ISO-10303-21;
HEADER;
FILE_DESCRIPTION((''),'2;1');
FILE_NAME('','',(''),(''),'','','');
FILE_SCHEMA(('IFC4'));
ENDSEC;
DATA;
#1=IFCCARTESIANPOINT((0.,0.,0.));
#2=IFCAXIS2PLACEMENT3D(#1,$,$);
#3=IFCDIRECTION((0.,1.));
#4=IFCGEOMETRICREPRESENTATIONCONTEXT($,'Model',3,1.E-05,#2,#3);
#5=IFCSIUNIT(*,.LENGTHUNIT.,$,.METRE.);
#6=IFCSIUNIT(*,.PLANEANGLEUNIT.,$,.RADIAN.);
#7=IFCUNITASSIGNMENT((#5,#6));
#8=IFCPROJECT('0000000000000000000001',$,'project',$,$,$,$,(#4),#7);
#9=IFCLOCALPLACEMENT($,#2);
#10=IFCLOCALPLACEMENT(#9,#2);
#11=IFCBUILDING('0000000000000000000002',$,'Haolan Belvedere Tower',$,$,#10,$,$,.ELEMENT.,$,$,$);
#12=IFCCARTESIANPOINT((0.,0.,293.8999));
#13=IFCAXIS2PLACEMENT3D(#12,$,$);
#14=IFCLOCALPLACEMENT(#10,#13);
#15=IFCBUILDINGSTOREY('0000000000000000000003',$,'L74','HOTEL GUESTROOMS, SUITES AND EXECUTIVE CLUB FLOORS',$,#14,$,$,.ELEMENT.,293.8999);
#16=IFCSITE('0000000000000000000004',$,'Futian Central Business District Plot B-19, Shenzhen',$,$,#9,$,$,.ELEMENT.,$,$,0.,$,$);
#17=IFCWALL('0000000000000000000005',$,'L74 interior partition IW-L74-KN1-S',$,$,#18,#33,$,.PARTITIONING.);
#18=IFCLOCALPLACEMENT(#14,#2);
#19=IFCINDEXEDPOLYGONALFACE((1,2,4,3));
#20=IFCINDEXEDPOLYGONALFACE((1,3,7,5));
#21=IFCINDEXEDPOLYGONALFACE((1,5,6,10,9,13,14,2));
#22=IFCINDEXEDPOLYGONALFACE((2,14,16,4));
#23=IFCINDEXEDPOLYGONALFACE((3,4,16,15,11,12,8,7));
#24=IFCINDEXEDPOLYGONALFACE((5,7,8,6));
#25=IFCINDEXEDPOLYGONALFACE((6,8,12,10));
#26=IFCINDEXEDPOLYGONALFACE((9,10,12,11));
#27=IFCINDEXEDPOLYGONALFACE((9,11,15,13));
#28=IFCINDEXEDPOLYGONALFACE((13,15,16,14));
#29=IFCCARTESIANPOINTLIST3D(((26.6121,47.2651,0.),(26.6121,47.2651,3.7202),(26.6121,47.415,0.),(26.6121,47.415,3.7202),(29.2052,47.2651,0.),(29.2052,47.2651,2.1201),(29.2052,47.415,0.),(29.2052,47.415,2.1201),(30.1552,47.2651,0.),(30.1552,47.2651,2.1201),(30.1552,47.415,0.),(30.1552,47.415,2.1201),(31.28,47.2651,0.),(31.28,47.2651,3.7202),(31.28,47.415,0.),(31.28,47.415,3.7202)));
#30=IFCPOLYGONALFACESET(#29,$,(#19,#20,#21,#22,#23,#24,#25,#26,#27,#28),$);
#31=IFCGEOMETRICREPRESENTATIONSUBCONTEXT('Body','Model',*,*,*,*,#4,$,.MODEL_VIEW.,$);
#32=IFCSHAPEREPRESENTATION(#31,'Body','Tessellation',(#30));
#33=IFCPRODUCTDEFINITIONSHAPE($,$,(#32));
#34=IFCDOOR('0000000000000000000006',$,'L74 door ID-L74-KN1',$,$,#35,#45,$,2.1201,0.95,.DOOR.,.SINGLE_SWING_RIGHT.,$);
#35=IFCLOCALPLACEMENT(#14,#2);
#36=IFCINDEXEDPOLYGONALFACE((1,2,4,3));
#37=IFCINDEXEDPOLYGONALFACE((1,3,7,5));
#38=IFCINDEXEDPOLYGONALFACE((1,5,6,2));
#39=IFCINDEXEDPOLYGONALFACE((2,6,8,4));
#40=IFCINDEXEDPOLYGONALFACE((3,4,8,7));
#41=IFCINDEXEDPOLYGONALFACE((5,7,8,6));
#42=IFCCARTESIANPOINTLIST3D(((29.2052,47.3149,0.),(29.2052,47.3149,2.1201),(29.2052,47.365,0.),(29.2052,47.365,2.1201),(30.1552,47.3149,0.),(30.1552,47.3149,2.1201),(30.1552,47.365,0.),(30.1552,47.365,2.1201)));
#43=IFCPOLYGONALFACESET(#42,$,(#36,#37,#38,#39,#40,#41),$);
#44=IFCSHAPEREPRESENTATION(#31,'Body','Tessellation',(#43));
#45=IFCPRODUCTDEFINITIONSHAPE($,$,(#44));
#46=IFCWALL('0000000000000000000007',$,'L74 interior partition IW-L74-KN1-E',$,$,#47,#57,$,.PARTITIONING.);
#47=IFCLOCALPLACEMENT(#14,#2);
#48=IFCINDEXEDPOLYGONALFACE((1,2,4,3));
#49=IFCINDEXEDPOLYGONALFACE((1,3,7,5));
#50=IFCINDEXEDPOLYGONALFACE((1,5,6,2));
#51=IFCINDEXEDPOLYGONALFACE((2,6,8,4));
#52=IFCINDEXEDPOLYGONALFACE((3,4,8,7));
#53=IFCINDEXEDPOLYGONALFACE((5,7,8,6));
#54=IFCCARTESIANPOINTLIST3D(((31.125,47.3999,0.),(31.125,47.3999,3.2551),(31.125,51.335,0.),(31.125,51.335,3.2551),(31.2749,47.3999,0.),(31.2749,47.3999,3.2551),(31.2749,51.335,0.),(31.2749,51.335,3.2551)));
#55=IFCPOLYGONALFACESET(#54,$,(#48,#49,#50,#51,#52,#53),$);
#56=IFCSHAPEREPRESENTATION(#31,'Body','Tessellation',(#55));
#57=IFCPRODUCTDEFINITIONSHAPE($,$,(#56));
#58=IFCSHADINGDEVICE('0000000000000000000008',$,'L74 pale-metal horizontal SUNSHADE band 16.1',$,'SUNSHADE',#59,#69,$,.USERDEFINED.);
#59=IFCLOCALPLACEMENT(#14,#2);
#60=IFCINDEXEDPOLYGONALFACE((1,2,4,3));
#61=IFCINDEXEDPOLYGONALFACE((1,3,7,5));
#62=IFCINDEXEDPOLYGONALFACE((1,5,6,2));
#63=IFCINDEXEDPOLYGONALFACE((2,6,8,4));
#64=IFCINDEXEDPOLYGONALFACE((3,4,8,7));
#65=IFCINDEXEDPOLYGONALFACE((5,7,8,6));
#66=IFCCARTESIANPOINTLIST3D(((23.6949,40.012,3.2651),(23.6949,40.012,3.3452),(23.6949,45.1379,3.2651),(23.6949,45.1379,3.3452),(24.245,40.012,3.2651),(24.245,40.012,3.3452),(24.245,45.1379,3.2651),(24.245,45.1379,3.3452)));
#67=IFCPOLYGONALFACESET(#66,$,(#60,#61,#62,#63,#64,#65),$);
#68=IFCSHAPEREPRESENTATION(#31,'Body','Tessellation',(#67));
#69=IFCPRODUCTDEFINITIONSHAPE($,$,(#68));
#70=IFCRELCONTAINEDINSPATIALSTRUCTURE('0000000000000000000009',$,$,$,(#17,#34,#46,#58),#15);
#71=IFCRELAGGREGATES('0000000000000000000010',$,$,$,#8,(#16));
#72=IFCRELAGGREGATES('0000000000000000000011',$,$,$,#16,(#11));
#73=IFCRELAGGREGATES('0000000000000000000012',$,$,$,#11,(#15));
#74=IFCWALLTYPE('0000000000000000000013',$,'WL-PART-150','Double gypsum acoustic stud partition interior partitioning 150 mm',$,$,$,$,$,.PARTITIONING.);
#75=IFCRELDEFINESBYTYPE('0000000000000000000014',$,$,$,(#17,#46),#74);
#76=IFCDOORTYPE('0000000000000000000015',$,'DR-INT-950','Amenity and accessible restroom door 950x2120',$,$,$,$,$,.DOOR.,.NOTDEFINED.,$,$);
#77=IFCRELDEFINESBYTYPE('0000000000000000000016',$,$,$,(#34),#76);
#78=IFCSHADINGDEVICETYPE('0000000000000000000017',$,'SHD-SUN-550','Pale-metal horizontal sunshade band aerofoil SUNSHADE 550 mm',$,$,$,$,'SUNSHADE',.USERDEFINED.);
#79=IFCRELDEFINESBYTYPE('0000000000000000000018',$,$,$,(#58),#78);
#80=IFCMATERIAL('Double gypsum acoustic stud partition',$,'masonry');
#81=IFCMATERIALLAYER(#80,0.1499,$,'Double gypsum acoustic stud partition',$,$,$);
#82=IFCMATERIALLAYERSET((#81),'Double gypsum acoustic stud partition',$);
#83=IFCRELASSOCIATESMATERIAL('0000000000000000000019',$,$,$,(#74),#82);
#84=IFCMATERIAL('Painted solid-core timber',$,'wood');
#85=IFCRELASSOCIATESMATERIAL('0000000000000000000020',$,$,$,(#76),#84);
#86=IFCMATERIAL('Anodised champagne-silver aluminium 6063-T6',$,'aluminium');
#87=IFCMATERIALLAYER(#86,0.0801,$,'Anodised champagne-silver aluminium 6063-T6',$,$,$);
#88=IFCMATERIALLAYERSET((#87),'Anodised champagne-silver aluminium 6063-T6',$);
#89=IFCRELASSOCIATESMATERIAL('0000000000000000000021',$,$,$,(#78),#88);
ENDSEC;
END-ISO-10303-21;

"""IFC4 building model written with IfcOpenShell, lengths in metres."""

from ifc_helpers import new_model, si_unit, direction, frame, frame_2d, origin, origin_2d, place, context, subcontext, project, spatial, rectangle, extrude, material, layer, layer_set, type_object, element, fill, save


model = new_model("IFC4")

# Units and contexts
model_context = context("Model", 3, precision=1e-05, world=origin(), true_north=direction((0.0, 1.0)))
body_context = subcontext(model_context, "Body", "Model", "MODEL_VIEW")
ifc_project = project(units=[si_unit("LENGTHUNIT", "METRE"), si_unit("PLANEANGLEUNIT", "RADIAN")], contexts=[model_context])

# Site, building, storey
site_placement = place(None, origin())
site = spatial("IfcSite", under=ifc_project, at=site_placement, Name="Futian Central Business District Plot B-19, Shenzhen", CompositionType="ELEMENT", RefElevation=0.0)
building_placement = place(site_placement, origin())
building = spatial("IfcBuilding", under=site, at=building_placement, Name="Haolan Belvedere Tower", CompositionType="ELEMENT")
storey_placement = place(building_placement, frame((0.0, 0.0, 293.8999)))
storey = spatial("IfcBuildingStorey", under=building, at=storey_placement, Name="L74", Description="HOTEL GUESTROOMS, SUITES AND EXECUTIVE CLUB FLOORS", CompositionType="ELEMENT", Elevation=293.8999)

# Shared definitions
ifc_material_1 = material(Name="Double gypsum acoustic stud partition", Category="masonry")
ifc_layer_1 = layer(ifc_material_1, 0.1499, Name="Double gypsum acoustic stud partition")
ifc_layer_set_1 = layer_set([ifc_layer_1], Name="Double gypsum acoustic stud partition")
wall_type_1 = type_object("IfcWallType", Name="WL-PART-150", Description="Double gypsum acoustic stud partition interior partitioning 150 mm", PredefinedType="PARTITIONING", material=ifc_layer_set_1)

# Wall, opening, door
wall_1_placement = place(storey_placement, frame((26.6121, 47.3401, 0.0), z_axis=(0.0, 0.0, 1.0), x_axis=(1.0, 0.0, 0.0)))
wall_1 = element("IfcWall", 1, at=wall_1_placement, inside=storey, type_object=wall_type_1, Name="L74 interior partition IW-L74-KN1-S", PredefinedType="PARTITIONING", context=body_context, shape_type="SweptSolid", body=[
    extrude(rectangle(XDim=4.668, YDim=0.1499, at=frame_2d((2.334, 0.0))), origin(), (0.0, 0.0, 1.0), 3.7202),
])
opening_1_placement = place(wall_1_placement, frame((2.593, 0.0, 0.0)))
opening_1 = element("IfcOpeningElement", 2, at=opening_1_placement, cuts=wall_1, PredefinedType="OPENING", context=body_context, shape_type="SweptSolid", body=[
    extrude(rectangle(XDim=0.95, YDim=2.1201, at=frame_2d((0.4751, 1.0601))), frame((0.0, 0.085, 0.0), z_axis=(0.0, -1.0, 0.0), x_axis=(1.0, 0.0, 0.0)), (0.0, 0.0, 1.0), 0.1699),
])
ifc_material_2 = material(Name="Painted solid-core timber", Category="wood")
door_type_1 = type_object("IfcDoorType", Name="DR-INT-950", Description="Amenity and accessible restroom door 950x2120", OperationType="NOTDEFINED", PredefinedType="DOOR", material=ifc_material_2)
door_1_placement = place(opening_1_placement, origin())
door_1 = element("IfcDoor", 3, at=door_1_placement, inside=storey, type_object=door_type_1, Name="L74 door ID-L74-KN1", OperationType="SINGLE_SWING_RIGHT", OverallHeight=2.1201, OverallWidth=0.95, PredefinedType="DOOR", context=body_context, shape_type="SweptSolid", body=[
    extrude(rectangle(XDim=0.95, YDim=2.1201, at=frame_2d((0.4751, 1.0601))), frame((0.0, 0.0249, 0.0), z_axis=(0.0, -1.0, 0.0), x_axis=(1.0, 0.0, 0.0)), (0.0, 0.0, 1.0), 0.05),
])
fill(opening_1, door_1)

# Wall
wall_2_placement = place(storey_placement, frame((31.2, 47.3999, 0.0), z_axis=(0.0, 0.0, 1.0), x_axis=(0.0, 1.0, 0.0)))
element("IfcWall", 4, at=wall_2_placement, inside=storey, type_object=wall_type_1, Name="L74 interior partition IW-L74-KN1-E", PredefinedType="PARTITIONING", context=body_context, shape_type="SweptSolid", body=[
    extrude(rectangle(XDim=3.9351, YDim=0.1499, at=frame_2d((1.9675, 0.0))), origin(), (0.0, 0.0, 1.0), 3.2551),
])

# Shading device
ifc_material_3 = material(Name="Anodised champagne-silver aluminium 6063-T6", Category="aluminium")
ifc_layer_2 = layer(ifc_material_3, 0.0801, Name="Anodised champagne-silver aluminium 6063-T6")
ifc_layer_set_2 = layer_set([ifc_layer_2], Name="Anodised champagne-silver aluminium 6063-T6")
shading_device_type = type_object("IfcShadingDeviceType", Name="SHD-SUN-550", Description="Pale-metal horizontal sunshade band aerofoil SUNSHADE 550 mm", ElementType="SUNSHADE", PredefinedType="USERDEFINED", material=ifc_layer_set_2)
shading_device_placement = place(storey_placement, frame((23.97, 42.575, 3.2651), z_axis=(0.0, 0.0, 1.0), x_axis=(0.0, -1.0, 0.0)))
element("IfcShadingDevice", 5, at=shading_device_placement, inside=storey, type_object=shading_device_type, Name="L74 pale-metal horizontal SUNSHADE band 16.1", ObjectType="SUNSHADE", PredefinedType="USERDEFINED", context=body_context, shape_type="SweptSolid", body=[
    extrude(rectangle(XDim=5.126, YDim=0.55, at=origin_2d()), origin(), (0.0, 0.0, 1.0), 0.0801),
])

save(model, "model.ifc")
